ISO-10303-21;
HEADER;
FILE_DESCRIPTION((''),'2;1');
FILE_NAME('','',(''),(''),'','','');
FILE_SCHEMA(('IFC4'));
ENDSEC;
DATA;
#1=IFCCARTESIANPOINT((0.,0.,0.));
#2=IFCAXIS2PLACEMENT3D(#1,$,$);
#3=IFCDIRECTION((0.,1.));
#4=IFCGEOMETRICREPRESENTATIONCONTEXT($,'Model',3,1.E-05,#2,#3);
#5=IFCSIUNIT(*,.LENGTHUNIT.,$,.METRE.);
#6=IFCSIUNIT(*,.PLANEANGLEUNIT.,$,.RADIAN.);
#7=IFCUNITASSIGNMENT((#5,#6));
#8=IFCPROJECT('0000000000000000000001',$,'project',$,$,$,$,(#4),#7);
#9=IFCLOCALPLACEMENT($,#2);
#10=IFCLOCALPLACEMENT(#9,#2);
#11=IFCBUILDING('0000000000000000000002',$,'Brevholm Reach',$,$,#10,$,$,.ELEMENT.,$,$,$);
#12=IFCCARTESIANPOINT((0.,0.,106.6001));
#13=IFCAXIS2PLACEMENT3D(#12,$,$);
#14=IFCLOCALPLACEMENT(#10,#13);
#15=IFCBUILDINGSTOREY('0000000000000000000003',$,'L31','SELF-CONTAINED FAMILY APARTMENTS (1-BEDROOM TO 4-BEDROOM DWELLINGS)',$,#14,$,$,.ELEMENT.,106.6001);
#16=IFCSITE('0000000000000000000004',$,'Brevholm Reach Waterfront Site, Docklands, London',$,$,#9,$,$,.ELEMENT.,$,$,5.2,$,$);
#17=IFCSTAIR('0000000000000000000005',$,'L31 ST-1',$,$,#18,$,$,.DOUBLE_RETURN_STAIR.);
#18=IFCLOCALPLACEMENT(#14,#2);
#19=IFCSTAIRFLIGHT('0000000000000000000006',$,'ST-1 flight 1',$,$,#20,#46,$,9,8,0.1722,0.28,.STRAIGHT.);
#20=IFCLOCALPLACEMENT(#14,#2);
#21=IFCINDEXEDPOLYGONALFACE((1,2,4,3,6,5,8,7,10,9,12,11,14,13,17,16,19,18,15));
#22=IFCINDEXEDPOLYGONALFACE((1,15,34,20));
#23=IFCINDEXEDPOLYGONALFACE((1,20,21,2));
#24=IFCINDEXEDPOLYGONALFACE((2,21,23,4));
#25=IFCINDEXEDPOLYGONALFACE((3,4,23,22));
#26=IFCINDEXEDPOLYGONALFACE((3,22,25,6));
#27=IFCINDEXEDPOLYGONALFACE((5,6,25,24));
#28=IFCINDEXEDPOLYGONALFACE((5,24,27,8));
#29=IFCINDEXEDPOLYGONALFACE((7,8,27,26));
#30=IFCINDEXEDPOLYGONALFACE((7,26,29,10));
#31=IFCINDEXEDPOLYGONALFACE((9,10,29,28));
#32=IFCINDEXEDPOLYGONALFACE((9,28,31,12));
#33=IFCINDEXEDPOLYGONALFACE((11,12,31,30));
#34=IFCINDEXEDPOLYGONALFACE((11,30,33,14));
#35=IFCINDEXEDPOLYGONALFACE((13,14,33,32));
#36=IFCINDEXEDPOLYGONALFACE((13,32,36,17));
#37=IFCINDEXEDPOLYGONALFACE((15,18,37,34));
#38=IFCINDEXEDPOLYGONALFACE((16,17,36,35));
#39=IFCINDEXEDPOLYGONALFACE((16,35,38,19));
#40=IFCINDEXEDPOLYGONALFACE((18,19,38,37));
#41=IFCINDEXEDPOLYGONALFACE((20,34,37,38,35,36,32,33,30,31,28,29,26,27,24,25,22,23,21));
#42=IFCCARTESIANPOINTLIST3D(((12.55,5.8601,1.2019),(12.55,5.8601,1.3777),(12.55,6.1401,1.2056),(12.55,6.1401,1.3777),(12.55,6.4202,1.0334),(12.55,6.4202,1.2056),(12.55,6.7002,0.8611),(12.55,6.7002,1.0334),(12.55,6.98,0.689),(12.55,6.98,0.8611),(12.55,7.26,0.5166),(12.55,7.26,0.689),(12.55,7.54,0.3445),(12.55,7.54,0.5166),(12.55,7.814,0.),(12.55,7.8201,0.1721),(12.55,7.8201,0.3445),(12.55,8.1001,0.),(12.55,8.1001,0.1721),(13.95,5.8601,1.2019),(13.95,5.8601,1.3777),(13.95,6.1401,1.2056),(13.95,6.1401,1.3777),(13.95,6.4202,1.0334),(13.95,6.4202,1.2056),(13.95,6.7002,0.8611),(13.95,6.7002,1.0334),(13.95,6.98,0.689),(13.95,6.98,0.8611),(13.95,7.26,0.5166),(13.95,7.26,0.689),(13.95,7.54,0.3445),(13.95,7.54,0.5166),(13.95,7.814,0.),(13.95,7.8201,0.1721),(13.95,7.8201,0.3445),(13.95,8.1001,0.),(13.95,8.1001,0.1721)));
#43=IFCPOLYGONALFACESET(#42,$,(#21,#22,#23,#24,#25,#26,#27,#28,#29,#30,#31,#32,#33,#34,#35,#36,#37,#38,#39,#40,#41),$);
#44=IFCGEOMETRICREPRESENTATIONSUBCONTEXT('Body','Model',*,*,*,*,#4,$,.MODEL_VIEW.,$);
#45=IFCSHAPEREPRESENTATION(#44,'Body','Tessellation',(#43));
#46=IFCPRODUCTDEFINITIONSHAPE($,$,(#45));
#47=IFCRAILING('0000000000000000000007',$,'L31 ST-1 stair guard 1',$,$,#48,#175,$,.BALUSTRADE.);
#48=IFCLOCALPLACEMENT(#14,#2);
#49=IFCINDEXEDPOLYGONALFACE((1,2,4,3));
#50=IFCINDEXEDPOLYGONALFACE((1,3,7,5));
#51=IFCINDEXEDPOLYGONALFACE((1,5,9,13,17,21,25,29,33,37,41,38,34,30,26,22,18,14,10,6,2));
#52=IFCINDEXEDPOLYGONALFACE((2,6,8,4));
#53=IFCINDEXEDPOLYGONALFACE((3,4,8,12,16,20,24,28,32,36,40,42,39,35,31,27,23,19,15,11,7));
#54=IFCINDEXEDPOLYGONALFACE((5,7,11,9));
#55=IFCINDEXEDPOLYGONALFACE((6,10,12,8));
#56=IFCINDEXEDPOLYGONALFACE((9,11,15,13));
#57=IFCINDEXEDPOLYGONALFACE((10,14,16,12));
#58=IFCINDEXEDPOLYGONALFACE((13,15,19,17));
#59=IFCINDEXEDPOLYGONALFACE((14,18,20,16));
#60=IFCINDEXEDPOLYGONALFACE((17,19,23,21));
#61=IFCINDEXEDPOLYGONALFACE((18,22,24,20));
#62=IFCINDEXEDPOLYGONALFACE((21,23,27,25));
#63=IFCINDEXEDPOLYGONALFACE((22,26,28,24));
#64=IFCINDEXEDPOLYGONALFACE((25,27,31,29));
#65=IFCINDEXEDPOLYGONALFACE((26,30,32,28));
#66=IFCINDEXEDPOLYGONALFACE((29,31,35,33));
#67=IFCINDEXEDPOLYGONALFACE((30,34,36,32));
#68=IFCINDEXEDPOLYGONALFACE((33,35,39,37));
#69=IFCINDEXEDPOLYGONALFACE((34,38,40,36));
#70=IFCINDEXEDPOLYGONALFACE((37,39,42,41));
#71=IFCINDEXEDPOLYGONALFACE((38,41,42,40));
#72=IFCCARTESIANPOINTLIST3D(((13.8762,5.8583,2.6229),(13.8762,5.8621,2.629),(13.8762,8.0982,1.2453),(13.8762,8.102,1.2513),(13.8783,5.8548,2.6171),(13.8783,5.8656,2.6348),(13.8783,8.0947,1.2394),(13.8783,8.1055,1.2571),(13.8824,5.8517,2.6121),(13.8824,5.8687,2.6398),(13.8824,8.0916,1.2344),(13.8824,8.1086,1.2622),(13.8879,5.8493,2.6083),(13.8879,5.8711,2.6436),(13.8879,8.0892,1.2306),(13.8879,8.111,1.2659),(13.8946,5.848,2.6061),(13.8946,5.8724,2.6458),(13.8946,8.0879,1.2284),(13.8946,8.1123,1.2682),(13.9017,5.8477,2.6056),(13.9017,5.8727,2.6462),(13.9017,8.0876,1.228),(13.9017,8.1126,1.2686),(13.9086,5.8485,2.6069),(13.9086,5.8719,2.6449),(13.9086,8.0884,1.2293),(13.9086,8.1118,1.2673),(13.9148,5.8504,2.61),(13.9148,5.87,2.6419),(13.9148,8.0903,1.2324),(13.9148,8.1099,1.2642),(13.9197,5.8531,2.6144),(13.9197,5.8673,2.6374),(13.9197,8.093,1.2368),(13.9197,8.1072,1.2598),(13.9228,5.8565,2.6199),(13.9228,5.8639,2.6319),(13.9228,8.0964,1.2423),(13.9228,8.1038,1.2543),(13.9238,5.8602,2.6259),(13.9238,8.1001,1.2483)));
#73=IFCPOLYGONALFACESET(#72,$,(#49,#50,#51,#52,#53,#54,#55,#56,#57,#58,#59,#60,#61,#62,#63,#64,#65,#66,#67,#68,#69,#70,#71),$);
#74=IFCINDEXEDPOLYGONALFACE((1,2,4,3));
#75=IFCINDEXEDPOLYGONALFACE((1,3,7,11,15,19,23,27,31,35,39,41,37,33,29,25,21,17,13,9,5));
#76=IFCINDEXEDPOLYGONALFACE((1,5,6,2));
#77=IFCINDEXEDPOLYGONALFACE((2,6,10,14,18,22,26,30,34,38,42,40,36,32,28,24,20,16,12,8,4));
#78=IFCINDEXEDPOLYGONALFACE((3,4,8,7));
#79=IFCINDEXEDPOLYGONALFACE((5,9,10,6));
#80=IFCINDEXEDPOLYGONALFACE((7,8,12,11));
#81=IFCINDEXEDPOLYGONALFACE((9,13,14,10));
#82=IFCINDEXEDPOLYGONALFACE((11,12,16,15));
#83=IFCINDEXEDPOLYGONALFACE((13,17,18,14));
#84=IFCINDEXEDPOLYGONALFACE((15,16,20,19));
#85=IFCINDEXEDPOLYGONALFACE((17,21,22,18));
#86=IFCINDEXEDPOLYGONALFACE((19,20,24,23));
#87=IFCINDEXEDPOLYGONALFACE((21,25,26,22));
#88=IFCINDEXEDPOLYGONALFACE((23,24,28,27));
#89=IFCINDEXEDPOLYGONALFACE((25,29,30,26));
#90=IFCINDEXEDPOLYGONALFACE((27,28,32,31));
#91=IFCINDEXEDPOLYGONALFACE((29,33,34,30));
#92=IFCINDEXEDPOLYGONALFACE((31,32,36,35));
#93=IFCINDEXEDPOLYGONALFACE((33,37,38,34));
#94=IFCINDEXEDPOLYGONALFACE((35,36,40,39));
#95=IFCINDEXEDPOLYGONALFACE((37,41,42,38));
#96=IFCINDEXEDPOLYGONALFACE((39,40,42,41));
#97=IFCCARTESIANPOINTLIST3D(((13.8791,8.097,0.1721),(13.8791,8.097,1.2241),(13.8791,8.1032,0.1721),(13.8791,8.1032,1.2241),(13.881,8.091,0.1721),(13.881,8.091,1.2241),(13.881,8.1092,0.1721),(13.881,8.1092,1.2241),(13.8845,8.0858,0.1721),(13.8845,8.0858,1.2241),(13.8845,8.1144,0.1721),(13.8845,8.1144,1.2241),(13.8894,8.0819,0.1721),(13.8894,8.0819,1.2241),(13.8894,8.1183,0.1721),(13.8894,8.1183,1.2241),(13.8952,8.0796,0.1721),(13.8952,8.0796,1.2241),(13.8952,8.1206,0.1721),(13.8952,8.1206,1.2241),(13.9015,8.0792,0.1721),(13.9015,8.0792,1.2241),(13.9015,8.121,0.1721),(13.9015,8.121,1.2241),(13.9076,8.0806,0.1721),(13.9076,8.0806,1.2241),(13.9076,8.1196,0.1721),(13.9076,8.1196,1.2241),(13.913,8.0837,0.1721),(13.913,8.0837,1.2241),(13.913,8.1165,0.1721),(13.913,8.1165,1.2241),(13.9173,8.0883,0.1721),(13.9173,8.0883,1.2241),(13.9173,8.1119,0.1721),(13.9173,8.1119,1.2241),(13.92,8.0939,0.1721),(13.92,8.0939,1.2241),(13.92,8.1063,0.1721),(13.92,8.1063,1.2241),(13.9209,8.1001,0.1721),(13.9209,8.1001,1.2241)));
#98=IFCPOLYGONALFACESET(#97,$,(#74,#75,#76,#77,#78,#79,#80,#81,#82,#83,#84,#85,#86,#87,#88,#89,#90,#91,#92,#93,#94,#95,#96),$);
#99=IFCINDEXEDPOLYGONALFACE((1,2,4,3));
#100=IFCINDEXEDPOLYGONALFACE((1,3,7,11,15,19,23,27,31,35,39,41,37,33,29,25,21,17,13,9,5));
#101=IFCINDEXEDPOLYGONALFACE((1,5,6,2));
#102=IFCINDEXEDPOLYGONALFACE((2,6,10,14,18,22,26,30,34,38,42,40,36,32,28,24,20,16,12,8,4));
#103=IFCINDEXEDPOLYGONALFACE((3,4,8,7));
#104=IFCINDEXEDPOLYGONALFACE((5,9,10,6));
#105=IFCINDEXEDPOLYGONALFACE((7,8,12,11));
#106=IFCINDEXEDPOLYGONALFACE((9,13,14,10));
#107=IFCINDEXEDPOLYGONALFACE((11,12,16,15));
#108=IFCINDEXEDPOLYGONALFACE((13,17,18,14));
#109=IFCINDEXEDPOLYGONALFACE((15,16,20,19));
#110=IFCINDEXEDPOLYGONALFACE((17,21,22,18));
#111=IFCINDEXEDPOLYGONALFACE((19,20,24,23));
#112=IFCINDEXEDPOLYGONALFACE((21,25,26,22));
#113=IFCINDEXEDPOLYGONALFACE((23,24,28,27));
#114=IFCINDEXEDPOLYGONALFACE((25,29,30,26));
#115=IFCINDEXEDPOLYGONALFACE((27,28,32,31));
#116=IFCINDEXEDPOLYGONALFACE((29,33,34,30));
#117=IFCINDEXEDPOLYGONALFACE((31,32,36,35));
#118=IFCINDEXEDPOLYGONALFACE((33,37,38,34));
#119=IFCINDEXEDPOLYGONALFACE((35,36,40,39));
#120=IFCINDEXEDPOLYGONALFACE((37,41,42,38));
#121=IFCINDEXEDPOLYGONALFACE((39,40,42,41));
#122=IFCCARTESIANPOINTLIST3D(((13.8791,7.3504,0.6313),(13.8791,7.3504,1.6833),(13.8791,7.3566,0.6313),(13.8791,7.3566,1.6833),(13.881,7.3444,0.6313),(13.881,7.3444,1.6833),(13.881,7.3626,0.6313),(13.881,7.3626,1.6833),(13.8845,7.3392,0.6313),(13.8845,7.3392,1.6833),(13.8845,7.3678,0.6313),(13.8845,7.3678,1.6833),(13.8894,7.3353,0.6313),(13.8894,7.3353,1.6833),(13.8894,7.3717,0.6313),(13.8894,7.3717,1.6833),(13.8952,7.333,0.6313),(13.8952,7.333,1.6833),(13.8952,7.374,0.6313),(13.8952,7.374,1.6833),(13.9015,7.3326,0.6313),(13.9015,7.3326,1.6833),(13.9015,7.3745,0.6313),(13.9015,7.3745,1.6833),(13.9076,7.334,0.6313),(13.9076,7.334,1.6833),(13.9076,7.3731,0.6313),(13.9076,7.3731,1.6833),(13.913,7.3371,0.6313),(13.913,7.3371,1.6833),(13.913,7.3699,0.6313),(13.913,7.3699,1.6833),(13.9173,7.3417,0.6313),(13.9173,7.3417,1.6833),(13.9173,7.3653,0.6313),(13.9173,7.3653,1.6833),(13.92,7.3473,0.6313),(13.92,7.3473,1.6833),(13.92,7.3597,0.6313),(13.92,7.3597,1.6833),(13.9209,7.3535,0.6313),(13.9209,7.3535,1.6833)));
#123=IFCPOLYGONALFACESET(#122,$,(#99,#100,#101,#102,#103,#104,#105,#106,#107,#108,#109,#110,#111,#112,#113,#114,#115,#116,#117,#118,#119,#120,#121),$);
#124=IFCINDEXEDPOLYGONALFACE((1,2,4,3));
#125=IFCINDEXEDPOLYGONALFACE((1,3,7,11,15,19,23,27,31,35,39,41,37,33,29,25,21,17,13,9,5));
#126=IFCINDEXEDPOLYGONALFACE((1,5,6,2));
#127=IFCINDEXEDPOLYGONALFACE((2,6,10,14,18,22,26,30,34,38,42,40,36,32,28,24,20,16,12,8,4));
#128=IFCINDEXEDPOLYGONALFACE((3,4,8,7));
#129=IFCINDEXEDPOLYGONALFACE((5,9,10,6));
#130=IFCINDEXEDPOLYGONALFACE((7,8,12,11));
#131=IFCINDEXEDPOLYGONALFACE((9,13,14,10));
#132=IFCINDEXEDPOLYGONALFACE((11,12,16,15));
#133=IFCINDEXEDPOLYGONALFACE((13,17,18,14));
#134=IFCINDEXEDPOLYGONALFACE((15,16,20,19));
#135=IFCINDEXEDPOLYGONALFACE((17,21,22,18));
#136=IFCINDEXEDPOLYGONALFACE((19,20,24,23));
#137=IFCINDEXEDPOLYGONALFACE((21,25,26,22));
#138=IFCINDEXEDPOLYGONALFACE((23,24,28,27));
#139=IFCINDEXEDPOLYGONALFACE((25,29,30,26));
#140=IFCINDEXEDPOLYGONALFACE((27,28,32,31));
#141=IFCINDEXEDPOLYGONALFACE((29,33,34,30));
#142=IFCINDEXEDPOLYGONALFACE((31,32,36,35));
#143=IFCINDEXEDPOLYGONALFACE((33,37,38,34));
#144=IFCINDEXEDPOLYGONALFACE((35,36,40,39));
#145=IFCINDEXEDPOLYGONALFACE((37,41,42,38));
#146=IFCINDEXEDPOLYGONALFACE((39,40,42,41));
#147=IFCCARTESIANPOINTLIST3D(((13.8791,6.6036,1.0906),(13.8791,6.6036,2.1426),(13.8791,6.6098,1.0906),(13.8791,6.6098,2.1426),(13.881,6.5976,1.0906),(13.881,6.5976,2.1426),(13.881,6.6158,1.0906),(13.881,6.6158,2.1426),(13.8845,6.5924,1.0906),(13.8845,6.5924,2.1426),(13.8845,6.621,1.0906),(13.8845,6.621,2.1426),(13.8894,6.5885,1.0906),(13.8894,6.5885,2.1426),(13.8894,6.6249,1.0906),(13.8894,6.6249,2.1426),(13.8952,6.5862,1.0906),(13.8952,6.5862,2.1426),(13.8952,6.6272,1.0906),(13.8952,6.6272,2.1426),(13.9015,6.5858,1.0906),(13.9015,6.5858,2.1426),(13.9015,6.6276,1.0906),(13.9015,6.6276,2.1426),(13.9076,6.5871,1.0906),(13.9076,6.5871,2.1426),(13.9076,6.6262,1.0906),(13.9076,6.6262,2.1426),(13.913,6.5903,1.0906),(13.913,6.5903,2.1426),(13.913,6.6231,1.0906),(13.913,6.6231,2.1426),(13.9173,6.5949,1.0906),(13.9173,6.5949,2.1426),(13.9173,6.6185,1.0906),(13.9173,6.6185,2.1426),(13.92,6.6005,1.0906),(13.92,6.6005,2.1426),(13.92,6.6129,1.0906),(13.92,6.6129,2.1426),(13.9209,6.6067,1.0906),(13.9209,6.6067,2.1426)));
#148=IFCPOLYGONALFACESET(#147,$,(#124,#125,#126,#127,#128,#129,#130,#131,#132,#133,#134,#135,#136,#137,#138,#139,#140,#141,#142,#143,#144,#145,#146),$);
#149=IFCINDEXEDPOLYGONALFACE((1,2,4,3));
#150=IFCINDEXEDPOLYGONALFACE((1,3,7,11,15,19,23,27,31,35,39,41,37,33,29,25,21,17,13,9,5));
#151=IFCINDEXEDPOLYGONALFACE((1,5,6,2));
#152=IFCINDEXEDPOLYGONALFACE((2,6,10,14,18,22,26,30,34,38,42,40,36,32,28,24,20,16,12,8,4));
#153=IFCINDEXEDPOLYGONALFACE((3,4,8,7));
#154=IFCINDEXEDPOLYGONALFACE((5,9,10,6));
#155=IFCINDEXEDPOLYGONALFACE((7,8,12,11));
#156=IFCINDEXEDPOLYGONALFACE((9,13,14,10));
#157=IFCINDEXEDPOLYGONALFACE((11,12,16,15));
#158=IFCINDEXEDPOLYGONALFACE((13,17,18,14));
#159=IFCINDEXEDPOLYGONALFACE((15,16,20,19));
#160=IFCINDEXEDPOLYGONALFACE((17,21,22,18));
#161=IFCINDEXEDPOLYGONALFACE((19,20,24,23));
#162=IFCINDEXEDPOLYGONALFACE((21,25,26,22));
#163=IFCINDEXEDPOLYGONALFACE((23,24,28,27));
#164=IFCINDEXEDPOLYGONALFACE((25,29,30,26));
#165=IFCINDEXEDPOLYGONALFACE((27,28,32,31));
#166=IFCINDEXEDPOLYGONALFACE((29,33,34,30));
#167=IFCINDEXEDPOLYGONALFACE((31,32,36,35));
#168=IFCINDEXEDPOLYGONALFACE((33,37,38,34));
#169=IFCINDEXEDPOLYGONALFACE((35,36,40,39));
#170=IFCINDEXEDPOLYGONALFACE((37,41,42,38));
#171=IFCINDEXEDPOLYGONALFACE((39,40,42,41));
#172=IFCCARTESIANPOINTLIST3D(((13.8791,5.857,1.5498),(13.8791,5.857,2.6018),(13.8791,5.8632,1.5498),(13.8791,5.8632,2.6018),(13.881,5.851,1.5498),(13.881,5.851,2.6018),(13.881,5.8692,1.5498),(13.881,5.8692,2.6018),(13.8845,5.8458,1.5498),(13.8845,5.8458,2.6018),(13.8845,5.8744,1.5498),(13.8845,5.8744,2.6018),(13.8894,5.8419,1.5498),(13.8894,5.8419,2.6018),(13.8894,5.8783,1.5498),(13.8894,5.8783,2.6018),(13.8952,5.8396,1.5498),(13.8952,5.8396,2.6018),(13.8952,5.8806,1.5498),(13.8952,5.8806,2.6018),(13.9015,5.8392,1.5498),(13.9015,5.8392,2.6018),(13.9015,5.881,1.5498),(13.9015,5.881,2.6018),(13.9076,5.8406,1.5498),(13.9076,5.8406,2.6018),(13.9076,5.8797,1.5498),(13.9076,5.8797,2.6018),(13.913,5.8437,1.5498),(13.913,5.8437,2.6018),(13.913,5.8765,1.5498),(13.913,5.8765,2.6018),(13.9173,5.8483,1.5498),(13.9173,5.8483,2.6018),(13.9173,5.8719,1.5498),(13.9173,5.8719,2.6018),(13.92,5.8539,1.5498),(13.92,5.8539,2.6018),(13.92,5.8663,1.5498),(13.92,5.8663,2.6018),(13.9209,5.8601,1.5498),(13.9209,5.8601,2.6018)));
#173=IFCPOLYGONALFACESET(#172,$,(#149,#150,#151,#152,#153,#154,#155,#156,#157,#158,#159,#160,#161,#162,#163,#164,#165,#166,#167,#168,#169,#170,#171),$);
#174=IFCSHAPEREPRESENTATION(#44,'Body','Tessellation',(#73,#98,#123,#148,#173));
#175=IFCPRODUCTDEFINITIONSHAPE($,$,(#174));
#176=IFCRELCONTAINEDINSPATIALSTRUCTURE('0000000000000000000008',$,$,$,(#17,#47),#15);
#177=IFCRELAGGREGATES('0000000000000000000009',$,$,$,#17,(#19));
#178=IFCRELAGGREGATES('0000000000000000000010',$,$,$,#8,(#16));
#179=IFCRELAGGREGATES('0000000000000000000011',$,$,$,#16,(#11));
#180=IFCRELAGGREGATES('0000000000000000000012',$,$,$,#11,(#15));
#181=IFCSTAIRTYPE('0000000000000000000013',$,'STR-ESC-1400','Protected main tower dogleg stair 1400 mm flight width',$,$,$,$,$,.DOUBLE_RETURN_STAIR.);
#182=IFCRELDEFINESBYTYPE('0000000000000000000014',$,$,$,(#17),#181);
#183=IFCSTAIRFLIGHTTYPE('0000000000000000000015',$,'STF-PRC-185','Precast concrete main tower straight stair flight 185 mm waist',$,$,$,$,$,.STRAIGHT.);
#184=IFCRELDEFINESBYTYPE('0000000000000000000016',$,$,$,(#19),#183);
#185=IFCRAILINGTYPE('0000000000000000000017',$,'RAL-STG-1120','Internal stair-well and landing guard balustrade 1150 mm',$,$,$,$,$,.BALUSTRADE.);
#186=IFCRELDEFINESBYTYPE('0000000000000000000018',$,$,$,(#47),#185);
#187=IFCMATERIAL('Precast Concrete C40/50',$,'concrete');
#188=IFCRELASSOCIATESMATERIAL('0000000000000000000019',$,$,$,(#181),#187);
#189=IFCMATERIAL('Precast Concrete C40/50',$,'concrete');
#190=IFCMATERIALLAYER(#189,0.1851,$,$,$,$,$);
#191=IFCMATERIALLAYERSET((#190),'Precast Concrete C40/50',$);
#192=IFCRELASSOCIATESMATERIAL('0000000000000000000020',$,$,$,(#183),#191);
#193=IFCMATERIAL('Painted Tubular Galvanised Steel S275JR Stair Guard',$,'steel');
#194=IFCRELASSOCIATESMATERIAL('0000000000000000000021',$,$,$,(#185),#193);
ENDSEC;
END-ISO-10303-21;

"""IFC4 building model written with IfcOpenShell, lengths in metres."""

from ifc_helpers import new_model, si_unit, direction, frame, origin, origin_2d, place, context, subcontext, project, spatial, polyline, circle, outline, extrude, material, layer, layer_set, type_object, element, aggregate, save


model = new_model("IFC4")

# Units and contexts
model_context = context("Model", 3, precision=1e-05, world=origin(), true_north=direction((0.0, 1.0)))
body_context = subcontext(model_context, "Body", "Model", "MODEL_VIEW")
ifc_project = project(units=[si_unit("LENGTHUNIT", "METRE"), si_unit("PLANEANGLEUNIT", "RADIAN")], contexts=[model_context])

# Site, building, storey
site_placement = place(None, origin())
site = spatial("IfcSite", under=ifc_project, at=site_placement, Name="Brevholm Reach Waterfront Site, Docklands, London", CompositionType="ELEMENT", RefElevation=5.2)
building_placement = place(site_placement, origin())
building = spatial("IfcBuilding", under=site, at=building_placement, Name="Brevholm Reach", CompositionType="ELEMENT")
storey_placement = place(building_placement, frame((0.0, 0.0, 106.6001)))
storey = spatial("IfcBuildingStorey", under=building, at=storey_placement, Name="L31", Description="SELF-CONTAINED FAMILY APARTMENTS (1-BEDROOM TO 4-BEDROOM DWELLINGS)", CompositionType="ELEMENT", Elevation=106.6001)

# Stair, stair flight
ifc_material_1 = material(Name="Precast Concrete C40/50", Category="concrete")
stair_type = type_object("IfcStairType", Name="STR-ESC-1400", Description="Protected main tower dogleg stair 1400 mm flight width", PredefinedType="DOUBLE_RETURN_STAIR", material=ifc_material_1)
stair_placement = place(storey_placement, origin())
stair = element("IfcStair", 1, at=stair_placement, inside=storey, type_object=stair_type, Name="L31 ST-1", PredefinedType="DOUBLE_RETURN_STAIR")
ifc_material_2 = material(Name="Precast Concrete C40/50", Category="concrete")
ifc_layer_1 = layer(ifc_material_2, 0.1851)
ifc_layer_set_1 = layer_set([ifc_layer_1], Name="Precast Concrete C40/50")
stair_flight_type = type_object("IfcStairFlightType", Name="STF-PRC-185", Description="Precast concrete main tower straight stair flight 185 mm waist", PredefinedType="STRAIGHT", material=ifc_layer_set_1)
stair_flight_placement = place(storey_placement, frame((13.25, 8.1001, 0.0), z_axis=(0.0, 0.0, 1.0), x_axis=(0.0, -1.0, 0.0)))
stair_flight = element("IfcStairFlight", 2, at=stair_flight_placement, type_object=stair_flight_type, Name="ST-1 flight 1", NumberOfRisers=9, NumberOfTreads=8, PredefinedType="STRAIGHT", RiserHeight=0.1722, TreadLength=0.28, context=body_context, shape_type="SweptSolid", body=[
    extrude(outline(polyline([(0.0, 0.0), (0.0, 0.1721), (0.28, 0.1721), (0.28, 0.3445), (0.5601, 0.3445), (0.5601, 0.5166), (0.8401, 0.5166), (0.8401, 0.689), (1.1201, 0.689), (1.1201, 0.8611), (1.3999, 0.8611), (1.3999, 1.0334), (1.6799, 1.0334), (1.6799, 1.2056), (1.96, 1.2056), (1.96, 1.3777), (2.24, 1.3777), (2.24, 1.55), (2.24, 1.2019), (0.2861, 0.0), (0.0, 0.0)])), frame((0.0, 0.7, 0.0), z_axis=(0.0, -1.0, 0.0), x_axis=(1.0, 0.0, 0.0)), (0.0, 0.0, 1.0), 1.3999),
])
aggregate(stair, [stair_flight])

# Railing
ifc_material_3 = material(Name="Painted Tubular Galvanised Steel S275JR Stair Guard", Category="steel")
railing_type = type_object("IfcRailingType", Name="RAL-STG-1120", Description="Internal stair-well and landing guard balustrade 1150 mm", PredefinedType="BALUSTRADE", material=ifc_material_3)
railing_1_placement = place(storey_placement, frame((13.8999, 8.1001, 0.1721)))
element("IfcRailing", 3, at=railing_1_placement, inside=storey, type_object=railing_type, Name="L31 ST-1 stair guard 1", PredefinedType="BALUSTRADE", context=body_context, shape_type="SweptSolid", body=[
    extrude(circle(Radius=0.0239, at=origin_2d()), frame((0.0, 0.0, 1.0762), z_axis=(0.0, -0.851789, 0.523885), x_axis=(1.0, 0.0, 0.0)), (0.0, 0.0, 1.0), 2.6296),
    extrude(circle(Radius=0.021, at=origin_2d()), origin(), (0.0, 0.0, 1.0), 1.052),
    extrude(circle(Radius=0.021, at=origin_2d()), frame((0.0, -0.7466, 0.4592)), (0.0, 0.0, 1.0), 1.052),
    extrude(circle(Radius=0.021, at=origin_2d()), frame((0.0, -1.4934, 0.9185)), (0.0, 0.0, 1.0), 1.052),
    extrude(circle(Radius=0.021, at=origin_2d()), frame((0.0, -2.24, 1.3777)), (0.0, 0.0, 1.0), 1.052),
])

save(model, "model.ifc")
